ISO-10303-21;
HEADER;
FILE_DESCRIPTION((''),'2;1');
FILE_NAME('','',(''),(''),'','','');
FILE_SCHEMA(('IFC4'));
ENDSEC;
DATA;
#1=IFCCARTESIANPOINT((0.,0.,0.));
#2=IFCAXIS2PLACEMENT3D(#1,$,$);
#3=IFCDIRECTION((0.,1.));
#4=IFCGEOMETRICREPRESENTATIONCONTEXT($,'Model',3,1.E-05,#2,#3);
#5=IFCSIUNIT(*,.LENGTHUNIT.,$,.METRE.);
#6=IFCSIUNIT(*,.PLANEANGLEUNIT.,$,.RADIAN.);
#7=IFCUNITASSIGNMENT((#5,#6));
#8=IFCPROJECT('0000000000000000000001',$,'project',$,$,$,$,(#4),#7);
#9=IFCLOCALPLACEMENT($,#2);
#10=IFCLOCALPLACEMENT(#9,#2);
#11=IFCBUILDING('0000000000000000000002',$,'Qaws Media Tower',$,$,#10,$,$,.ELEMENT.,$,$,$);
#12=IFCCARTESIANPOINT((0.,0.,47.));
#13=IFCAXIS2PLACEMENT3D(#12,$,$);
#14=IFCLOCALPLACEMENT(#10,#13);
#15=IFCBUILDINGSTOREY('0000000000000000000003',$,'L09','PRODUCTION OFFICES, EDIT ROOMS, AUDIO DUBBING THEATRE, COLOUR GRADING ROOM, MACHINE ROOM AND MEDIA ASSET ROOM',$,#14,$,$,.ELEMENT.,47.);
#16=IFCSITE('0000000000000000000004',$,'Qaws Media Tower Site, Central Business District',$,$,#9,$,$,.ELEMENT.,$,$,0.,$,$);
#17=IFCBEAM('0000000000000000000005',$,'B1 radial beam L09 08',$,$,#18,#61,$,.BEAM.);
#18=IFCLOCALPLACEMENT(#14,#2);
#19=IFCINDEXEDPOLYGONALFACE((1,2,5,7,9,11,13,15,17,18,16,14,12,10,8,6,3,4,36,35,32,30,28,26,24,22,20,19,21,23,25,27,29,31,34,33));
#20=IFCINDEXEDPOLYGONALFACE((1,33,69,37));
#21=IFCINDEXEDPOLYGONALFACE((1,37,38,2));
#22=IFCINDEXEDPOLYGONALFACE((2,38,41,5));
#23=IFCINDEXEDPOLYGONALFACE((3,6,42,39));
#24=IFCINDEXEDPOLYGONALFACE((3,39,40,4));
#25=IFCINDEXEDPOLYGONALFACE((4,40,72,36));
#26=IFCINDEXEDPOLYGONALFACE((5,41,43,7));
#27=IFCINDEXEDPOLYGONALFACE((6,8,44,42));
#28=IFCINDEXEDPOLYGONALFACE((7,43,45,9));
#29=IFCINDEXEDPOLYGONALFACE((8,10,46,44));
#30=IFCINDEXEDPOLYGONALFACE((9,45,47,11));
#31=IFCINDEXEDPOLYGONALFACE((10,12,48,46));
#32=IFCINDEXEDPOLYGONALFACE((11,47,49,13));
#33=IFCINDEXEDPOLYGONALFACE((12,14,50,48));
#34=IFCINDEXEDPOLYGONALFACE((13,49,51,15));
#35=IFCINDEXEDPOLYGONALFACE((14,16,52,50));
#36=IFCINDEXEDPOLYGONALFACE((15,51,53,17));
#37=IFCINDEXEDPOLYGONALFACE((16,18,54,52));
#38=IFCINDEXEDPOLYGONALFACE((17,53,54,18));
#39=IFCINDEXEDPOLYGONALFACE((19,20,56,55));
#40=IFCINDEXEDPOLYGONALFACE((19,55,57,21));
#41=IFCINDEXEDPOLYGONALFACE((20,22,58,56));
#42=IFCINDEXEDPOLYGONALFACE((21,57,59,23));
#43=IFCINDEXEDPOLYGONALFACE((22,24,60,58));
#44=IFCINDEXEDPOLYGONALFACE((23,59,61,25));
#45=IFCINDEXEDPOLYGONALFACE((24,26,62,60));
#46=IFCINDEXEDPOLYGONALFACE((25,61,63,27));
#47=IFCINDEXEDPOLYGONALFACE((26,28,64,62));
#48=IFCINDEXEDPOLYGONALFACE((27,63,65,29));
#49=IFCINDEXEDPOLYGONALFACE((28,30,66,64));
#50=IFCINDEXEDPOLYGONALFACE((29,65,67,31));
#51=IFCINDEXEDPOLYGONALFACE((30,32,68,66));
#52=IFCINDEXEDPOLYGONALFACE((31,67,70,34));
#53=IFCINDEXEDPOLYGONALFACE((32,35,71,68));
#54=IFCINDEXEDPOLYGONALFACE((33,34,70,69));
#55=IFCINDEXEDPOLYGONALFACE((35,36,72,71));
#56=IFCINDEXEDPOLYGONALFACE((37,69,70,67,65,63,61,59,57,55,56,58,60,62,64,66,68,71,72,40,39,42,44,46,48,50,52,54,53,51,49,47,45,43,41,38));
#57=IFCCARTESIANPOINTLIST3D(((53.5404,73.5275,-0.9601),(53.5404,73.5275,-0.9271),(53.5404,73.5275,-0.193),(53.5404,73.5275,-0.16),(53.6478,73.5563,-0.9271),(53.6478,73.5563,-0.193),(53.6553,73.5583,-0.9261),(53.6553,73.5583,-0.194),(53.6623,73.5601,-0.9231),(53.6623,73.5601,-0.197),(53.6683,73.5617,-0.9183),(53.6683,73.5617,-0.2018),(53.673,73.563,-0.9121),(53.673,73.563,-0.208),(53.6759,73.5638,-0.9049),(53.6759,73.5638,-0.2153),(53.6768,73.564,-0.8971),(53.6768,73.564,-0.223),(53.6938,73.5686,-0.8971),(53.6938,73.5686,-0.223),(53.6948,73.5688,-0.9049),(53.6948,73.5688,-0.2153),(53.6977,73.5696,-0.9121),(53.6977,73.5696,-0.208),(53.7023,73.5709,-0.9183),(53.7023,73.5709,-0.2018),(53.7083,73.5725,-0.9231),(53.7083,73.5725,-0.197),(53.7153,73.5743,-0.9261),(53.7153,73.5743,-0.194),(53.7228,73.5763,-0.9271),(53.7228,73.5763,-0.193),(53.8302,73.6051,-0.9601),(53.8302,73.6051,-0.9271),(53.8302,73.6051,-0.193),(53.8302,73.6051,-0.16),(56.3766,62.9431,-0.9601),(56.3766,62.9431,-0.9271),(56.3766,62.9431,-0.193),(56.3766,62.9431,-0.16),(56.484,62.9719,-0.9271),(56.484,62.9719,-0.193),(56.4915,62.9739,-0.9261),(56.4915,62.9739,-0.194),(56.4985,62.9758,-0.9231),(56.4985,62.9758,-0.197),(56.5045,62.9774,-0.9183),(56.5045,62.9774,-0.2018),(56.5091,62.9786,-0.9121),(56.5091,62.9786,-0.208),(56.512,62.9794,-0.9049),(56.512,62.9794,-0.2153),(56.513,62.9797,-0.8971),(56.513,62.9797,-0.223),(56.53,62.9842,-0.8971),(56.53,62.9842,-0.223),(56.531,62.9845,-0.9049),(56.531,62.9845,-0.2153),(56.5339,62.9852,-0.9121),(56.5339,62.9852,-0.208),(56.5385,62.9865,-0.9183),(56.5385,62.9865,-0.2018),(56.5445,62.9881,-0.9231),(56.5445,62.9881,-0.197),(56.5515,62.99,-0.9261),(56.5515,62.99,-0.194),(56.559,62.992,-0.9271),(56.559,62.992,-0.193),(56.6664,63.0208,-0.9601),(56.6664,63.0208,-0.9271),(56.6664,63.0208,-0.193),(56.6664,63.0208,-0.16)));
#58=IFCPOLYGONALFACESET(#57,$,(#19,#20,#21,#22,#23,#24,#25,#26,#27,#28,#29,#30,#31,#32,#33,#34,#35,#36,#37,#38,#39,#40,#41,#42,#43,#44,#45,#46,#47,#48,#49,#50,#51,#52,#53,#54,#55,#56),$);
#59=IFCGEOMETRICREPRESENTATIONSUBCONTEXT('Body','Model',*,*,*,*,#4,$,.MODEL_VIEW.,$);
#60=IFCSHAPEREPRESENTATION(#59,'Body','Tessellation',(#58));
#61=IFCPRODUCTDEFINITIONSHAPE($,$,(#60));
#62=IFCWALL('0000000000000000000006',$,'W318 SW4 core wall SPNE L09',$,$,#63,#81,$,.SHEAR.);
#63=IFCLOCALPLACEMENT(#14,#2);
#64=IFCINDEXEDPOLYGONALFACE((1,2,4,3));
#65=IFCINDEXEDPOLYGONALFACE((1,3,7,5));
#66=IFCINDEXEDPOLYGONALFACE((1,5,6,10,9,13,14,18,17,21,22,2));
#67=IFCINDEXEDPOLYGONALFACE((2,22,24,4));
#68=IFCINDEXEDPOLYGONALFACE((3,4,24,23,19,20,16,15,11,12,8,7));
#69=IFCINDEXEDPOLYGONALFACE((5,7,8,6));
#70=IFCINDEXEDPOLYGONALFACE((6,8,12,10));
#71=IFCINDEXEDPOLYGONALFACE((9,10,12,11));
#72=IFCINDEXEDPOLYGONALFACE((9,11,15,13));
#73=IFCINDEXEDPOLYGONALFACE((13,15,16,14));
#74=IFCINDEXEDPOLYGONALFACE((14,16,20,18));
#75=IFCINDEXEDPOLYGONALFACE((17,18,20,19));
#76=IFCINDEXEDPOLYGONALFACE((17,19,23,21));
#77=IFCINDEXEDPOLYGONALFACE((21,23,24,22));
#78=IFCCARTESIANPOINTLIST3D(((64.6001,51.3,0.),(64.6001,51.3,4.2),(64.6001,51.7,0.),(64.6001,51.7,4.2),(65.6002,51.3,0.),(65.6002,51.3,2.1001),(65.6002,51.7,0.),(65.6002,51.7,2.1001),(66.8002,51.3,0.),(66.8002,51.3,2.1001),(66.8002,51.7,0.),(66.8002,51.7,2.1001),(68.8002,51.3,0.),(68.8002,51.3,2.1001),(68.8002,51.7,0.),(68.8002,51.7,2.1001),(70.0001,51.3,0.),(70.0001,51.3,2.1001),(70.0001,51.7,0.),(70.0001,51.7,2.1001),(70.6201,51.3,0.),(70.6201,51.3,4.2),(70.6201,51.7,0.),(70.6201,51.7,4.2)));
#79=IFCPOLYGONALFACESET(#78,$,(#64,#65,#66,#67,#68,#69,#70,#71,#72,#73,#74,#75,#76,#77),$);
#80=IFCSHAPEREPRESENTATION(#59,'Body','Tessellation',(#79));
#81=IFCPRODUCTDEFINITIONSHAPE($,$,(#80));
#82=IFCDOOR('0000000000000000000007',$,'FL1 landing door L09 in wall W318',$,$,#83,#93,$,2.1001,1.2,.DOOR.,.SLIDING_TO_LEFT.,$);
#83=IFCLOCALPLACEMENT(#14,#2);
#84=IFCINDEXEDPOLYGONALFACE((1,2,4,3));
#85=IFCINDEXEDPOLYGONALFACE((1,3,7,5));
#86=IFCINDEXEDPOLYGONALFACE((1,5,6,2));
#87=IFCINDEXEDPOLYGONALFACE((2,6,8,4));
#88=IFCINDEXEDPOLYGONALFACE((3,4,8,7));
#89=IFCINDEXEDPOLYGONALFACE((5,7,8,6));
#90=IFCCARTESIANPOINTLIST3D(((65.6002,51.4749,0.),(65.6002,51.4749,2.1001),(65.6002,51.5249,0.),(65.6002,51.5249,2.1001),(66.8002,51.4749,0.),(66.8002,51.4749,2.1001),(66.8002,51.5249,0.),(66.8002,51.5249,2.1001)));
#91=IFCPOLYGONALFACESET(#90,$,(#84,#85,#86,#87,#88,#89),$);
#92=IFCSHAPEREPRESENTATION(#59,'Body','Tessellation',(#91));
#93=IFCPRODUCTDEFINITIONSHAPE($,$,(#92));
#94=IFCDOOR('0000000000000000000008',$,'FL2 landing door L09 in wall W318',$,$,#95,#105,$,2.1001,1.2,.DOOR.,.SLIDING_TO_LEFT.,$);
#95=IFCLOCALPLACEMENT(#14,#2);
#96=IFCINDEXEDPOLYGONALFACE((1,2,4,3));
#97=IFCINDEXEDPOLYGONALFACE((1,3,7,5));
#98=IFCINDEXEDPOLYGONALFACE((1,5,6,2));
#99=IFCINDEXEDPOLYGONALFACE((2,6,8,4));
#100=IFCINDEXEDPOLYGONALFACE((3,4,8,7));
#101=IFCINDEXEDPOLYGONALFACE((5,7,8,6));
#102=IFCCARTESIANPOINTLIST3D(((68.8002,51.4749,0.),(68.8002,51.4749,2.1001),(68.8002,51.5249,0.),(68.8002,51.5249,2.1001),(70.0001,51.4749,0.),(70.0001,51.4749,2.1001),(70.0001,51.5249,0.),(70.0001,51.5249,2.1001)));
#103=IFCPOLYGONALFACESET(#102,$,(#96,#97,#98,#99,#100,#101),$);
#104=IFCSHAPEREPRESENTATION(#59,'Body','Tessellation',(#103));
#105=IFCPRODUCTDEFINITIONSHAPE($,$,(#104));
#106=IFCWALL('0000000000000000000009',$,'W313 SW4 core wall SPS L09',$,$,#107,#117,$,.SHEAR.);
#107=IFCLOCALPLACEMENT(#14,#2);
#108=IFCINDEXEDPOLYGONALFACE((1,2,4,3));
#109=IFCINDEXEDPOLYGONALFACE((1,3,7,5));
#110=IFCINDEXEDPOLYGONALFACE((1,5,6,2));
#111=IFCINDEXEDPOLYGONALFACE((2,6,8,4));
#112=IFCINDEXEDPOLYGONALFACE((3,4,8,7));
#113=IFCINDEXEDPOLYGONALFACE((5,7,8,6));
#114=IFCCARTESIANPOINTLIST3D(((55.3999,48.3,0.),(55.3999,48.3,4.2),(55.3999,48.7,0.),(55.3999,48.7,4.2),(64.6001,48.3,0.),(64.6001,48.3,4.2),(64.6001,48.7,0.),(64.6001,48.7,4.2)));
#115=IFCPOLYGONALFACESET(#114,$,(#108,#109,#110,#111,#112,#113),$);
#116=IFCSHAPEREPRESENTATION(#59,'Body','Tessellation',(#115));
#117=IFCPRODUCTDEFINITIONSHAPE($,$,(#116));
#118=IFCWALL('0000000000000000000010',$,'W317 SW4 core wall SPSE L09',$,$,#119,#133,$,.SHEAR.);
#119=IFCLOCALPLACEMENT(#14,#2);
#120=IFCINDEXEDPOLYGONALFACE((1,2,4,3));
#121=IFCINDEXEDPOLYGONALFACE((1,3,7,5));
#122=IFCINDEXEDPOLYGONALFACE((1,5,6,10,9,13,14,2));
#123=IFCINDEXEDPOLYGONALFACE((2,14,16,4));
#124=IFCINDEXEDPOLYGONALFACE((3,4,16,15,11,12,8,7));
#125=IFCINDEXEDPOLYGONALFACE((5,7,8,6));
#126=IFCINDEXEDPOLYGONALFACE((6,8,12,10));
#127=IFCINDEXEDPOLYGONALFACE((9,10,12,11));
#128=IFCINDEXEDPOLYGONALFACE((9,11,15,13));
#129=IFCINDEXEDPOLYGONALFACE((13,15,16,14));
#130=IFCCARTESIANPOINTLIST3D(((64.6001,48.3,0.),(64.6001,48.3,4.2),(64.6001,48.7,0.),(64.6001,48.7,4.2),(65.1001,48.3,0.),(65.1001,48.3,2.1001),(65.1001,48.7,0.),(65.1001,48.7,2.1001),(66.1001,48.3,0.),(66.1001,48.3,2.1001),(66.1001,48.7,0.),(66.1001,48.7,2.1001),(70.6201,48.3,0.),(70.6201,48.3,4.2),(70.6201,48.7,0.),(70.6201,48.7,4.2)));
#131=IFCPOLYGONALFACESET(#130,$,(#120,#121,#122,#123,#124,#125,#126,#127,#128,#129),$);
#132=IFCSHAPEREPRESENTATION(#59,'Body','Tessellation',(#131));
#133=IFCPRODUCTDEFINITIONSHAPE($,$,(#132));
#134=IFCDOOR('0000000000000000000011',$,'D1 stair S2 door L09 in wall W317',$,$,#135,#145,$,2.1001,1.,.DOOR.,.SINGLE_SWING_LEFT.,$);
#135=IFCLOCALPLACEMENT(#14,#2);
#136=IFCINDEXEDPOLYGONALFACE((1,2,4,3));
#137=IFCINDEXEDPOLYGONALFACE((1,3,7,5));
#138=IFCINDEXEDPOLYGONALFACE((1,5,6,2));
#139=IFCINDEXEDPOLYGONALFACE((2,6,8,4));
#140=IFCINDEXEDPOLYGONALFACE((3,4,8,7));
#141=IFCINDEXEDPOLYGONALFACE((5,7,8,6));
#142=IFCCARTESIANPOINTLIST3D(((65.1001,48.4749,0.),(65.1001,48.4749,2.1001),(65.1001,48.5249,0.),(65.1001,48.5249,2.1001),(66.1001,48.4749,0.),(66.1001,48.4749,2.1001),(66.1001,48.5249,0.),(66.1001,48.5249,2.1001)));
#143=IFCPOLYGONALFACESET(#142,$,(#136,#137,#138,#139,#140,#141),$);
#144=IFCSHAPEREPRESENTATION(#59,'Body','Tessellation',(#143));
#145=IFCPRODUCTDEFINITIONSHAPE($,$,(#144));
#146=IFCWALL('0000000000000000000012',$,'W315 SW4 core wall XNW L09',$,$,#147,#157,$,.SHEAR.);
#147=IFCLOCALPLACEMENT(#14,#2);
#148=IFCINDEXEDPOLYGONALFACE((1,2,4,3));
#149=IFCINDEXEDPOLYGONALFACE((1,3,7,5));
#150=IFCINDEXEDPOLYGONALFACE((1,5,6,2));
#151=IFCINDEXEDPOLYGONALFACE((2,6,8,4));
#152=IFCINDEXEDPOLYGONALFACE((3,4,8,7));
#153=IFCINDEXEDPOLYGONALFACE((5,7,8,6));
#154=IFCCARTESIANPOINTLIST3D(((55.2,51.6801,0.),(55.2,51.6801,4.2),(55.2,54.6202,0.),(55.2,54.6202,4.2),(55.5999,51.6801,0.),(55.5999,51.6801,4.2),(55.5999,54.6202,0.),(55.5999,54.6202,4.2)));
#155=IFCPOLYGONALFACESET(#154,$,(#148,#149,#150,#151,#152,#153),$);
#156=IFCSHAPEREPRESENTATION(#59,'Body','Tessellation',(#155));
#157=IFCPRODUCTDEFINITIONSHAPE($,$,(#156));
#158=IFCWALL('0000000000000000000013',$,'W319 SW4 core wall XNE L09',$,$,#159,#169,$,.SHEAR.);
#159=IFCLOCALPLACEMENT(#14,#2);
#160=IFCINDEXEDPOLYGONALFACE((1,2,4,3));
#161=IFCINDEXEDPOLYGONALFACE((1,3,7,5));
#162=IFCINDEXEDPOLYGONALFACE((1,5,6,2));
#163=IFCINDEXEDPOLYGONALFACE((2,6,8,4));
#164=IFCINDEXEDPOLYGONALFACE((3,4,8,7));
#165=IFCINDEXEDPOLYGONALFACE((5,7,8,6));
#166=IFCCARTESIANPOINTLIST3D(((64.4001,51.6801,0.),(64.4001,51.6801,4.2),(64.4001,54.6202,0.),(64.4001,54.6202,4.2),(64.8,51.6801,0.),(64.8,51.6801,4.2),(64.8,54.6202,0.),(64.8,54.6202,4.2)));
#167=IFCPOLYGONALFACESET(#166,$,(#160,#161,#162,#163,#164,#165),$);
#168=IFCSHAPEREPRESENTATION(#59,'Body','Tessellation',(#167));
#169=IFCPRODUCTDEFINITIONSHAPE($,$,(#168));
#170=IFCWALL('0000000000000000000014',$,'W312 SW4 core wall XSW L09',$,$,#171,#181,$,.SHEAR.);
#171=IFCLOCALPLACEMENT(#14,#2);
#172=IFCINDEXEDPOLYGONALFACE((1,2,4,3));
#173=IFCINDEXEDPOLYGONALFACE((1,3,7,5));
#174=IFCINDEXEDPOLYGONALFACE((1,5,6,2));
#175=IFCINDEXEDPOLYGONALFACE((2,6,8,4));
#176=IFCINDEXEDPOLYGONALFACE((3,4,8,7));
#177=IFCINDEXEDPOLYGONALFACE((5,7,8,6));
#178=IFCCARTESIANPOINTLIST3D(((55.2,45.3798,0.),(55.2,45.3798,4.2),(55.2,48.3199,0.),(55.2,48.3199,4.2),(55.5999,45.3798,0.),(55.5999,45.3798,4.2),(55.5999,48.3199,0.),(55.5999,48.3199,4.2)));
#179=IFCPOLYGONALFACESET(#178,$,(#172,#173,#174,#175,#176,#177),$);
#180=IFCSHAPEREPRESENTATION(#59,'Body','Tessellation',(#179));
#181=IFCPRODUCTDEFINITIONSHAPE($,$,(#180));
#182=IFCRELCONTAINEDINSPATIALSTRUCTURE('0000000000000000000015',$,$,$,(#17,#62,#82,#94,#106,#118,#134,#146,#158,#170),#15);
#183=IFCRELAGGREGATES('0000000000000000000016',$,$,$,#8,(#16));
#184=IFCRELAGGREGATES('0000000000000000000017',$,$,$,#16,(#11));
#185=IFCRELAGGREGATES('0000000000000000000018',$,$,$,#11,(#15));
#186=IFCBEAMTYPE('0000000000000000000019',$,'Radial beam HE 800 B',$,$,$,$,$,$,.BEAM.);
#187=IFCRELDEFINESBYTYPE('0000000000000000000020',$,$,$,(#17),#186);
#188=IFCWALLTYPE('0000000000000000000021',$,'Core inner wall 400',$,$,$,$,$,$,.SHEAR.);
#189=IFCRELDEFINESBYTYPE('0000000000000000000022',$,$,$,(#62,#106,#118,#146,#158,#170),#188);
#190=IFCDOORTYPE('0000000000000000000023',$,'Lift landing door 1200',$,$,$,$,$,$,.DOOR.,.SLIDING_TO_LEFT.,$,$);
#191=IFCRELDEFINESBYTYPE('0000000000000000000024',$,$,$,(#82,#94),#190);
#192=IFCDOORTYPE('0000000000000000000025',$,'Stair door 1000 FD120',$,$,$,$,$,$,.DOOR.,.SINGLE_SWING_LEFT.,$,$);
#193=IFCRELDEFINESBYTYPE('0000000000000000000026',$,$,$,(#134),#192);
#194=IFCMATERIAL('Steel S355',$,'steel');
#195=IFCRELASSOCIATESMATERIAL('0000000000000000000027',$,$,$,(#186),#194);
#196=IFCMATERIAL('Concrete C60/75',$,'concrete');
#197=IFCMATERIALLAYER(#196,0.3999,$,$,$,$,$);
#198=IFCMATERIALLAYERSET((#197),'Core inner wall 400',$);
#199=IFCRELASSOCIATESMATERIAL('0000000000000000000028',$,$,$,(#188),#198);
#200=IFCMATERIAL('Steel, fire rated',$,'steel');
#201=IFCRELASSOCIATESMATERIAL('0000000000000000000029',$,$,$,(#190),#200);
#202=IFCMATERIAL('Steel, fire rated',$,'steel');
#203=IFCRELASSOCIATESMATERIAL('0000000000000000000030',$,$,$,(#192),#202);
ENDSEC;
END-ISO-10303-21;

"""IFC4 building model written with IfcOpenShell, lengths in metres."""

from ifc_helpers import new_model, si_unit, direction, frame, frame_2d, origin, origin_2d, place, context, subcontext, project, spatial, rectangle, i_section, extrude, material, layer, layer_set, material_profile, profile_set, type_object, element, fill, save


model = new_model("IFC4")

# Units and contexts
model_context = context("Model", 3, precision=1e-05, world=origin(), true_north=direction((0.0, 1.0)))
body_context = subcontext(model_context, "Body", "Model", "MODEL_VIEW")
ifc_project = project(units=[si_unit("LENGTHUNIT", "METRE"), si_unit("PLANEANGLEUNIT", "RADIAN")], contexts=[model_context])

# Site, building, storey
site_placement = place(None, origin())
site = spatial("IfcSite", under=ifc_project, at=site_placement, Name="Qaws Media Tower Site, Central Business District", CompositionType="ELEMENT", RefElevation=0.0)
building_placement = place(site_placement, origin())
building = spatial("IfcBuilding", under=site, at=building_placement, Name="Qaws Media Tower", CompositionType="ELEMENT")
storey_placement = place(building_placement, frame((0.0, 0.0, 47.0)))
storey = spatial("IfcBuildingStorey", under=building, at=storey_placement, Name="L09", Description="PRODUCTION OFFICES, EDIT ROOMS, AUDIO DUBBING THEATRE, COLOUR GRADING ROOM, MACHINE ROOM AND MEDIA ASSET ROOM", CompositionType="ELEMENT", Elevation=47.0)

# Beam
ifc_material_1 = material(Name="Steel S355", Category="steel")
ifc_material_profile_1 = material_profile(ifc_material_1, i_section(OverallWidth=0.3, OverallDepth=0.8, WebThickness=0.0176, FlangeThickness=0.033, FilletRadius=0.03, at=origin_2d()), Name="HE 800 B")
ifc_profile_set_1 = profile_set([ifc_material_profile_1], Name="Steel S355")
beam_type_1 = type_object("IfcBeamType", Name="Radial beam HE 800 B", PredefinedType="BEAM", material=ifc_profile_set_1)
beam_1_placement = place(storey_placement, frame((56.5215, 62.9819, -0.5601), z_axis=(-0.258826, 0.965924, 0.0), x_axis=(-0.965924, -0.258826, 0.0)))
element("IfcBeam", 1, at=beam_1_placement, inside=storey, type_object=beam_type_1, Name="B1 radial beam L09 08", PredefinedType="BEAM", context=body_context, shape_type="SweptSolid", body=[
    extrude(i_section(OverallWidth=0.3, OverallDepth=0.8, WebThickness=0.0176, FlangeThickness=0.033, FilletRadius=0.03, at=origin_2d()), origin(), (0.0, 0.0, 1.0), 10.9578),
])

# Wall, openings, doors
ifc_material_2 = material(Name="Concrete C60/75", Category="concrete")
ifc_layer_1 = layer(ifc_material_2, 0.3999)
ifc_layer_set_1 = layer_set([ifc_layer_1], Name="Core inner wall 400")
wall_type_1 = type_object("IfcWallType", Name="Core inner wall 400", PredefinedType="SHEAR", material=ifc_layer_set_1)
wall_1_placement = place(storey_placement, frame((64.6001, 51.5, 0.0), z_axis=(0.0, 0.0, 1.0), x_axis=(1.0, 0.0, 0.0)))
wall_1 = element("IfcWall", 2, at=wall_1_placement, inside=storey, type_object=wall_type_1, Name="W318 SW4 core wall SPNE L09", PredefinedType="SHEAR", context=body_context, shape_type="SweptSolid", body=[
    extrude(rectangle(XDim=6.02, YDim=0.3999, at=frame_2d((3.01, 0.0))), origin(), (0.0, 0.0, 1.0), 4.2),
])
opening_1_placement = place(wall_1_placement, frame((1.0, 0.0, 0.0)))
opening_1 = element("IfcOpeningElement", 3, at=opening_1_placement, cuts=wall_1, PredefinedType="OPENING", context=body_context, shape_type="SweptSolid", body=[
    extrude(rectangle(XDim=1.2, YDim=2.1001, at=frame_2d((0.6001, 1.05))), frame((0.0, 0.21, 0.0), z_axis=(0.0, -1.0, 0.0), x_axis=(1.0, 0.0, 0.0)), (0.0, 0.0, 1.0), 0.4199),
])
opening_2_placement = place(wall_1_placement, frame((4.2, 0.0, 0.0)))
opening_2 = element("IfcOpeningElement", 4, at=opening_2_placement, cuts=wall_1, PredefinedType="OPENING", context=body_context, shape_type="SweptSolid", body=[
    extrude(rectangle(XDim=1.2, YDim=2.1001, at=frame_2d((0.6001, 1.05))), frame((0.0, 0.21, 0.0), z_axis=(0.0, -1.0, 0.0), x_axis=(1.0, 0.0, 0.0)), (0.0, 0.0, 1.0), 0.4199),
])
ifc_material_3 = material(Name="Steel, fire rated", Category="steel")
door_type_1 = type_object("IfcDoorType", Name="Lift landing door 1200", OperationType="SLIDING_TO_LEFT", PredefinedType="DOOR", material=ifc_material_3)
door_1_placement = place(opening_1_placement, origin())
door_1 = element("IfcDoor", 5, at=door_1_placement, inside=storey, type_object=door_type_1, Name="FL1 landing door L09 in wall W318", OperationType="SLIDING_TO_LEFT", OverallHeight=2.1001, OverallWidth=1.2, PredefinedType="DOOR", context=body_context, shape_type="SweptSolid", body=[
    extrude(rectangle(XDim=1.2, YDim=2.1001, at=frame_2d((0.6001, 1.05))), frame((0.0, 0.0249, 0.0), z_axis=(0.0, -1.0, 0.0), x_axis=(1.0, 0.0, 0.0)), (0.0, 0.0, 1.0), 0.05),
])
fill(opening_1, door_1)
door_2_placement = place(opening_2_placement, origin())
door_2 = element("IfcDoor", 6, at=door_2_placement, inside=storey, type_object=door_type_1, Name="FL2 landing door L09 in wall W318", OperationType="SLIDING_TO_LEFT", OverallHeight=2.1001, OverallWidth=1.2, PredefinedType="DOOR", context=body_context, shape_type="SweptSolid", body=[
    extrude(rectangle(XDim=1.2, YDim=2.1001, at=frame_2d((0.6001, 1.05))), frame((0.0, 0.0249, 0.0), z_axis=(0.0, -1.0, 0.0), x_axis=(1.0, 0.0, 0.0)), (0.0, 0.0, 1.0), 0.05),
])
fill(opening_2, door_2)

# Wall
wall_2_placement = place(storey_placement, frame((55.3999, 48.5, 0.0), z_axis=(0.0, 0.0, 1.0), x_axis=(1.0, 0.0, 0.0)))
element("IfcWall", 7, at=wall_2_placement, inside=storey, type_object=wall_type_1, Name="W313 SW4 core wall SPS L09", PredefinedType="SHEAR", context=body_context, shape_type="SweptSolid", body=[
    extrude(rectangle(XDim=9.2002, YDim=0.3999, at=frame_2d((4.6001, 0.0))), origin(), (0.0, 0.0, 1.0), 4.2),
])

# Wall, opening, door
wall_3_placement = place(storey_placement, frame((64.6001, 48.5, 0.0), z_axis=(0.0, 0.0, 1.0), x_axis=(1.0, 0.0, 0.0)))
wall_3 = element("IfcWall", 8, at=wall_3_placement, inside=storey, type_object=wall_type_1, Name="W317 SW4 core wall SPSE L09", PredefinedType="SHEAR", context=body_context, shape_type="SweptSolid", body=[
    extrude(rectangle(XDim=6.02, YDim=0.3999, at=frame_2d((3.01, 0.0))), origin(), (0.0, 0.0, 1.0), 4.2),
])
opening_3_placement = place(wall_3_placement, frame((0.5, 0.0, 0.0)))
opening_3 = element("IfcOpeningElement", 9, at=opening_3_placement, cuts=wall_3, PredefinedType="OPENING", context=body_context, shape_type="SweptSolid", body=[
    extrude(rectangle(XDim=1.0, YDim=2.1001, at=frame_2d((0.5, 1.05))), frame((0.0, 0.21, 0.0), z_axis=(0.0, -1.0, 0.0), x_axis=(1.0, 0.0, 0.0)), (0.0, 0.0, 1.0), 0.4199),
])
ifc_material_4 = material(Name="Steel, fire rated", Category="steel")
door_type_2 = type_object("IfcDoorType", Name="Stair door 1000 FD120", OperationType="SINGLE_SWING_LEFT", PredefinedType="DOOR", material=ifc_material_4)
door_3_placement = place(opening_3_placement, origin())
door_3 = element("IfcDoor", 10, at=door_3_placement, inside=storey, type_object=door_type_2, Name="D1 stair S2 door L09 in wall W317", OperationType="SINGLE_SWING_LEFT", OverallHeight=2.1001, OverallWidth=1.0, PredefinedType="DOOR", context=body_context, shape_type="SweptSolid", body=[
    extrude(rectangle(XDim=1.0, YDim=2.1001, at=frame_2d((0.5, 1.05))), frame((0.0, 0.0249, 0.0), z_axis=(0.0, -1.0, 0.0), x_axis=(1.0, 0.0, 0.0)), (0.0, 0.0, 1.0), 0.05),
])
fill(opening_3, door_3)

# Walls
for number, where, z_axis, x_axis, name in (
    (11, (55.3999, 51.6799, 0.0), (0.0, 0.0, 1.0), (0.0, 1.0, 0.0), "W315 SW4 core wall XNW L09"),
    (12, (64.6001, 51.6799, 0.0), (0.0, 0.0, 1.0), (0.0, 1.0, 0.0), "W319 SW4 core wall XNE L09"),
    (13, (55.3999, 48.3201, 0.0), (0.0, 0.0, 1.0), (0.0, -1.0, 0.0), "W312 SW4 core wall XSW L09"),
):
    element("IfcWall", number, at=place(storey_placement, frame(where, z_axis=z_axis, x_axis=x_axis)), inside=storey, type_object=wall_type_1, Name=name, PredefinedType="SHEAR", context=body_context, shape_type="SweptSolid", body=[
        extrude(rectangle(XDim=2.9402, YDim=0.3999, at=frame_2d((1.4702, 0.0))), origin(), (0.0, 0.0, 1.0), 4.2),
    ])

save(model, "model.ifc")
